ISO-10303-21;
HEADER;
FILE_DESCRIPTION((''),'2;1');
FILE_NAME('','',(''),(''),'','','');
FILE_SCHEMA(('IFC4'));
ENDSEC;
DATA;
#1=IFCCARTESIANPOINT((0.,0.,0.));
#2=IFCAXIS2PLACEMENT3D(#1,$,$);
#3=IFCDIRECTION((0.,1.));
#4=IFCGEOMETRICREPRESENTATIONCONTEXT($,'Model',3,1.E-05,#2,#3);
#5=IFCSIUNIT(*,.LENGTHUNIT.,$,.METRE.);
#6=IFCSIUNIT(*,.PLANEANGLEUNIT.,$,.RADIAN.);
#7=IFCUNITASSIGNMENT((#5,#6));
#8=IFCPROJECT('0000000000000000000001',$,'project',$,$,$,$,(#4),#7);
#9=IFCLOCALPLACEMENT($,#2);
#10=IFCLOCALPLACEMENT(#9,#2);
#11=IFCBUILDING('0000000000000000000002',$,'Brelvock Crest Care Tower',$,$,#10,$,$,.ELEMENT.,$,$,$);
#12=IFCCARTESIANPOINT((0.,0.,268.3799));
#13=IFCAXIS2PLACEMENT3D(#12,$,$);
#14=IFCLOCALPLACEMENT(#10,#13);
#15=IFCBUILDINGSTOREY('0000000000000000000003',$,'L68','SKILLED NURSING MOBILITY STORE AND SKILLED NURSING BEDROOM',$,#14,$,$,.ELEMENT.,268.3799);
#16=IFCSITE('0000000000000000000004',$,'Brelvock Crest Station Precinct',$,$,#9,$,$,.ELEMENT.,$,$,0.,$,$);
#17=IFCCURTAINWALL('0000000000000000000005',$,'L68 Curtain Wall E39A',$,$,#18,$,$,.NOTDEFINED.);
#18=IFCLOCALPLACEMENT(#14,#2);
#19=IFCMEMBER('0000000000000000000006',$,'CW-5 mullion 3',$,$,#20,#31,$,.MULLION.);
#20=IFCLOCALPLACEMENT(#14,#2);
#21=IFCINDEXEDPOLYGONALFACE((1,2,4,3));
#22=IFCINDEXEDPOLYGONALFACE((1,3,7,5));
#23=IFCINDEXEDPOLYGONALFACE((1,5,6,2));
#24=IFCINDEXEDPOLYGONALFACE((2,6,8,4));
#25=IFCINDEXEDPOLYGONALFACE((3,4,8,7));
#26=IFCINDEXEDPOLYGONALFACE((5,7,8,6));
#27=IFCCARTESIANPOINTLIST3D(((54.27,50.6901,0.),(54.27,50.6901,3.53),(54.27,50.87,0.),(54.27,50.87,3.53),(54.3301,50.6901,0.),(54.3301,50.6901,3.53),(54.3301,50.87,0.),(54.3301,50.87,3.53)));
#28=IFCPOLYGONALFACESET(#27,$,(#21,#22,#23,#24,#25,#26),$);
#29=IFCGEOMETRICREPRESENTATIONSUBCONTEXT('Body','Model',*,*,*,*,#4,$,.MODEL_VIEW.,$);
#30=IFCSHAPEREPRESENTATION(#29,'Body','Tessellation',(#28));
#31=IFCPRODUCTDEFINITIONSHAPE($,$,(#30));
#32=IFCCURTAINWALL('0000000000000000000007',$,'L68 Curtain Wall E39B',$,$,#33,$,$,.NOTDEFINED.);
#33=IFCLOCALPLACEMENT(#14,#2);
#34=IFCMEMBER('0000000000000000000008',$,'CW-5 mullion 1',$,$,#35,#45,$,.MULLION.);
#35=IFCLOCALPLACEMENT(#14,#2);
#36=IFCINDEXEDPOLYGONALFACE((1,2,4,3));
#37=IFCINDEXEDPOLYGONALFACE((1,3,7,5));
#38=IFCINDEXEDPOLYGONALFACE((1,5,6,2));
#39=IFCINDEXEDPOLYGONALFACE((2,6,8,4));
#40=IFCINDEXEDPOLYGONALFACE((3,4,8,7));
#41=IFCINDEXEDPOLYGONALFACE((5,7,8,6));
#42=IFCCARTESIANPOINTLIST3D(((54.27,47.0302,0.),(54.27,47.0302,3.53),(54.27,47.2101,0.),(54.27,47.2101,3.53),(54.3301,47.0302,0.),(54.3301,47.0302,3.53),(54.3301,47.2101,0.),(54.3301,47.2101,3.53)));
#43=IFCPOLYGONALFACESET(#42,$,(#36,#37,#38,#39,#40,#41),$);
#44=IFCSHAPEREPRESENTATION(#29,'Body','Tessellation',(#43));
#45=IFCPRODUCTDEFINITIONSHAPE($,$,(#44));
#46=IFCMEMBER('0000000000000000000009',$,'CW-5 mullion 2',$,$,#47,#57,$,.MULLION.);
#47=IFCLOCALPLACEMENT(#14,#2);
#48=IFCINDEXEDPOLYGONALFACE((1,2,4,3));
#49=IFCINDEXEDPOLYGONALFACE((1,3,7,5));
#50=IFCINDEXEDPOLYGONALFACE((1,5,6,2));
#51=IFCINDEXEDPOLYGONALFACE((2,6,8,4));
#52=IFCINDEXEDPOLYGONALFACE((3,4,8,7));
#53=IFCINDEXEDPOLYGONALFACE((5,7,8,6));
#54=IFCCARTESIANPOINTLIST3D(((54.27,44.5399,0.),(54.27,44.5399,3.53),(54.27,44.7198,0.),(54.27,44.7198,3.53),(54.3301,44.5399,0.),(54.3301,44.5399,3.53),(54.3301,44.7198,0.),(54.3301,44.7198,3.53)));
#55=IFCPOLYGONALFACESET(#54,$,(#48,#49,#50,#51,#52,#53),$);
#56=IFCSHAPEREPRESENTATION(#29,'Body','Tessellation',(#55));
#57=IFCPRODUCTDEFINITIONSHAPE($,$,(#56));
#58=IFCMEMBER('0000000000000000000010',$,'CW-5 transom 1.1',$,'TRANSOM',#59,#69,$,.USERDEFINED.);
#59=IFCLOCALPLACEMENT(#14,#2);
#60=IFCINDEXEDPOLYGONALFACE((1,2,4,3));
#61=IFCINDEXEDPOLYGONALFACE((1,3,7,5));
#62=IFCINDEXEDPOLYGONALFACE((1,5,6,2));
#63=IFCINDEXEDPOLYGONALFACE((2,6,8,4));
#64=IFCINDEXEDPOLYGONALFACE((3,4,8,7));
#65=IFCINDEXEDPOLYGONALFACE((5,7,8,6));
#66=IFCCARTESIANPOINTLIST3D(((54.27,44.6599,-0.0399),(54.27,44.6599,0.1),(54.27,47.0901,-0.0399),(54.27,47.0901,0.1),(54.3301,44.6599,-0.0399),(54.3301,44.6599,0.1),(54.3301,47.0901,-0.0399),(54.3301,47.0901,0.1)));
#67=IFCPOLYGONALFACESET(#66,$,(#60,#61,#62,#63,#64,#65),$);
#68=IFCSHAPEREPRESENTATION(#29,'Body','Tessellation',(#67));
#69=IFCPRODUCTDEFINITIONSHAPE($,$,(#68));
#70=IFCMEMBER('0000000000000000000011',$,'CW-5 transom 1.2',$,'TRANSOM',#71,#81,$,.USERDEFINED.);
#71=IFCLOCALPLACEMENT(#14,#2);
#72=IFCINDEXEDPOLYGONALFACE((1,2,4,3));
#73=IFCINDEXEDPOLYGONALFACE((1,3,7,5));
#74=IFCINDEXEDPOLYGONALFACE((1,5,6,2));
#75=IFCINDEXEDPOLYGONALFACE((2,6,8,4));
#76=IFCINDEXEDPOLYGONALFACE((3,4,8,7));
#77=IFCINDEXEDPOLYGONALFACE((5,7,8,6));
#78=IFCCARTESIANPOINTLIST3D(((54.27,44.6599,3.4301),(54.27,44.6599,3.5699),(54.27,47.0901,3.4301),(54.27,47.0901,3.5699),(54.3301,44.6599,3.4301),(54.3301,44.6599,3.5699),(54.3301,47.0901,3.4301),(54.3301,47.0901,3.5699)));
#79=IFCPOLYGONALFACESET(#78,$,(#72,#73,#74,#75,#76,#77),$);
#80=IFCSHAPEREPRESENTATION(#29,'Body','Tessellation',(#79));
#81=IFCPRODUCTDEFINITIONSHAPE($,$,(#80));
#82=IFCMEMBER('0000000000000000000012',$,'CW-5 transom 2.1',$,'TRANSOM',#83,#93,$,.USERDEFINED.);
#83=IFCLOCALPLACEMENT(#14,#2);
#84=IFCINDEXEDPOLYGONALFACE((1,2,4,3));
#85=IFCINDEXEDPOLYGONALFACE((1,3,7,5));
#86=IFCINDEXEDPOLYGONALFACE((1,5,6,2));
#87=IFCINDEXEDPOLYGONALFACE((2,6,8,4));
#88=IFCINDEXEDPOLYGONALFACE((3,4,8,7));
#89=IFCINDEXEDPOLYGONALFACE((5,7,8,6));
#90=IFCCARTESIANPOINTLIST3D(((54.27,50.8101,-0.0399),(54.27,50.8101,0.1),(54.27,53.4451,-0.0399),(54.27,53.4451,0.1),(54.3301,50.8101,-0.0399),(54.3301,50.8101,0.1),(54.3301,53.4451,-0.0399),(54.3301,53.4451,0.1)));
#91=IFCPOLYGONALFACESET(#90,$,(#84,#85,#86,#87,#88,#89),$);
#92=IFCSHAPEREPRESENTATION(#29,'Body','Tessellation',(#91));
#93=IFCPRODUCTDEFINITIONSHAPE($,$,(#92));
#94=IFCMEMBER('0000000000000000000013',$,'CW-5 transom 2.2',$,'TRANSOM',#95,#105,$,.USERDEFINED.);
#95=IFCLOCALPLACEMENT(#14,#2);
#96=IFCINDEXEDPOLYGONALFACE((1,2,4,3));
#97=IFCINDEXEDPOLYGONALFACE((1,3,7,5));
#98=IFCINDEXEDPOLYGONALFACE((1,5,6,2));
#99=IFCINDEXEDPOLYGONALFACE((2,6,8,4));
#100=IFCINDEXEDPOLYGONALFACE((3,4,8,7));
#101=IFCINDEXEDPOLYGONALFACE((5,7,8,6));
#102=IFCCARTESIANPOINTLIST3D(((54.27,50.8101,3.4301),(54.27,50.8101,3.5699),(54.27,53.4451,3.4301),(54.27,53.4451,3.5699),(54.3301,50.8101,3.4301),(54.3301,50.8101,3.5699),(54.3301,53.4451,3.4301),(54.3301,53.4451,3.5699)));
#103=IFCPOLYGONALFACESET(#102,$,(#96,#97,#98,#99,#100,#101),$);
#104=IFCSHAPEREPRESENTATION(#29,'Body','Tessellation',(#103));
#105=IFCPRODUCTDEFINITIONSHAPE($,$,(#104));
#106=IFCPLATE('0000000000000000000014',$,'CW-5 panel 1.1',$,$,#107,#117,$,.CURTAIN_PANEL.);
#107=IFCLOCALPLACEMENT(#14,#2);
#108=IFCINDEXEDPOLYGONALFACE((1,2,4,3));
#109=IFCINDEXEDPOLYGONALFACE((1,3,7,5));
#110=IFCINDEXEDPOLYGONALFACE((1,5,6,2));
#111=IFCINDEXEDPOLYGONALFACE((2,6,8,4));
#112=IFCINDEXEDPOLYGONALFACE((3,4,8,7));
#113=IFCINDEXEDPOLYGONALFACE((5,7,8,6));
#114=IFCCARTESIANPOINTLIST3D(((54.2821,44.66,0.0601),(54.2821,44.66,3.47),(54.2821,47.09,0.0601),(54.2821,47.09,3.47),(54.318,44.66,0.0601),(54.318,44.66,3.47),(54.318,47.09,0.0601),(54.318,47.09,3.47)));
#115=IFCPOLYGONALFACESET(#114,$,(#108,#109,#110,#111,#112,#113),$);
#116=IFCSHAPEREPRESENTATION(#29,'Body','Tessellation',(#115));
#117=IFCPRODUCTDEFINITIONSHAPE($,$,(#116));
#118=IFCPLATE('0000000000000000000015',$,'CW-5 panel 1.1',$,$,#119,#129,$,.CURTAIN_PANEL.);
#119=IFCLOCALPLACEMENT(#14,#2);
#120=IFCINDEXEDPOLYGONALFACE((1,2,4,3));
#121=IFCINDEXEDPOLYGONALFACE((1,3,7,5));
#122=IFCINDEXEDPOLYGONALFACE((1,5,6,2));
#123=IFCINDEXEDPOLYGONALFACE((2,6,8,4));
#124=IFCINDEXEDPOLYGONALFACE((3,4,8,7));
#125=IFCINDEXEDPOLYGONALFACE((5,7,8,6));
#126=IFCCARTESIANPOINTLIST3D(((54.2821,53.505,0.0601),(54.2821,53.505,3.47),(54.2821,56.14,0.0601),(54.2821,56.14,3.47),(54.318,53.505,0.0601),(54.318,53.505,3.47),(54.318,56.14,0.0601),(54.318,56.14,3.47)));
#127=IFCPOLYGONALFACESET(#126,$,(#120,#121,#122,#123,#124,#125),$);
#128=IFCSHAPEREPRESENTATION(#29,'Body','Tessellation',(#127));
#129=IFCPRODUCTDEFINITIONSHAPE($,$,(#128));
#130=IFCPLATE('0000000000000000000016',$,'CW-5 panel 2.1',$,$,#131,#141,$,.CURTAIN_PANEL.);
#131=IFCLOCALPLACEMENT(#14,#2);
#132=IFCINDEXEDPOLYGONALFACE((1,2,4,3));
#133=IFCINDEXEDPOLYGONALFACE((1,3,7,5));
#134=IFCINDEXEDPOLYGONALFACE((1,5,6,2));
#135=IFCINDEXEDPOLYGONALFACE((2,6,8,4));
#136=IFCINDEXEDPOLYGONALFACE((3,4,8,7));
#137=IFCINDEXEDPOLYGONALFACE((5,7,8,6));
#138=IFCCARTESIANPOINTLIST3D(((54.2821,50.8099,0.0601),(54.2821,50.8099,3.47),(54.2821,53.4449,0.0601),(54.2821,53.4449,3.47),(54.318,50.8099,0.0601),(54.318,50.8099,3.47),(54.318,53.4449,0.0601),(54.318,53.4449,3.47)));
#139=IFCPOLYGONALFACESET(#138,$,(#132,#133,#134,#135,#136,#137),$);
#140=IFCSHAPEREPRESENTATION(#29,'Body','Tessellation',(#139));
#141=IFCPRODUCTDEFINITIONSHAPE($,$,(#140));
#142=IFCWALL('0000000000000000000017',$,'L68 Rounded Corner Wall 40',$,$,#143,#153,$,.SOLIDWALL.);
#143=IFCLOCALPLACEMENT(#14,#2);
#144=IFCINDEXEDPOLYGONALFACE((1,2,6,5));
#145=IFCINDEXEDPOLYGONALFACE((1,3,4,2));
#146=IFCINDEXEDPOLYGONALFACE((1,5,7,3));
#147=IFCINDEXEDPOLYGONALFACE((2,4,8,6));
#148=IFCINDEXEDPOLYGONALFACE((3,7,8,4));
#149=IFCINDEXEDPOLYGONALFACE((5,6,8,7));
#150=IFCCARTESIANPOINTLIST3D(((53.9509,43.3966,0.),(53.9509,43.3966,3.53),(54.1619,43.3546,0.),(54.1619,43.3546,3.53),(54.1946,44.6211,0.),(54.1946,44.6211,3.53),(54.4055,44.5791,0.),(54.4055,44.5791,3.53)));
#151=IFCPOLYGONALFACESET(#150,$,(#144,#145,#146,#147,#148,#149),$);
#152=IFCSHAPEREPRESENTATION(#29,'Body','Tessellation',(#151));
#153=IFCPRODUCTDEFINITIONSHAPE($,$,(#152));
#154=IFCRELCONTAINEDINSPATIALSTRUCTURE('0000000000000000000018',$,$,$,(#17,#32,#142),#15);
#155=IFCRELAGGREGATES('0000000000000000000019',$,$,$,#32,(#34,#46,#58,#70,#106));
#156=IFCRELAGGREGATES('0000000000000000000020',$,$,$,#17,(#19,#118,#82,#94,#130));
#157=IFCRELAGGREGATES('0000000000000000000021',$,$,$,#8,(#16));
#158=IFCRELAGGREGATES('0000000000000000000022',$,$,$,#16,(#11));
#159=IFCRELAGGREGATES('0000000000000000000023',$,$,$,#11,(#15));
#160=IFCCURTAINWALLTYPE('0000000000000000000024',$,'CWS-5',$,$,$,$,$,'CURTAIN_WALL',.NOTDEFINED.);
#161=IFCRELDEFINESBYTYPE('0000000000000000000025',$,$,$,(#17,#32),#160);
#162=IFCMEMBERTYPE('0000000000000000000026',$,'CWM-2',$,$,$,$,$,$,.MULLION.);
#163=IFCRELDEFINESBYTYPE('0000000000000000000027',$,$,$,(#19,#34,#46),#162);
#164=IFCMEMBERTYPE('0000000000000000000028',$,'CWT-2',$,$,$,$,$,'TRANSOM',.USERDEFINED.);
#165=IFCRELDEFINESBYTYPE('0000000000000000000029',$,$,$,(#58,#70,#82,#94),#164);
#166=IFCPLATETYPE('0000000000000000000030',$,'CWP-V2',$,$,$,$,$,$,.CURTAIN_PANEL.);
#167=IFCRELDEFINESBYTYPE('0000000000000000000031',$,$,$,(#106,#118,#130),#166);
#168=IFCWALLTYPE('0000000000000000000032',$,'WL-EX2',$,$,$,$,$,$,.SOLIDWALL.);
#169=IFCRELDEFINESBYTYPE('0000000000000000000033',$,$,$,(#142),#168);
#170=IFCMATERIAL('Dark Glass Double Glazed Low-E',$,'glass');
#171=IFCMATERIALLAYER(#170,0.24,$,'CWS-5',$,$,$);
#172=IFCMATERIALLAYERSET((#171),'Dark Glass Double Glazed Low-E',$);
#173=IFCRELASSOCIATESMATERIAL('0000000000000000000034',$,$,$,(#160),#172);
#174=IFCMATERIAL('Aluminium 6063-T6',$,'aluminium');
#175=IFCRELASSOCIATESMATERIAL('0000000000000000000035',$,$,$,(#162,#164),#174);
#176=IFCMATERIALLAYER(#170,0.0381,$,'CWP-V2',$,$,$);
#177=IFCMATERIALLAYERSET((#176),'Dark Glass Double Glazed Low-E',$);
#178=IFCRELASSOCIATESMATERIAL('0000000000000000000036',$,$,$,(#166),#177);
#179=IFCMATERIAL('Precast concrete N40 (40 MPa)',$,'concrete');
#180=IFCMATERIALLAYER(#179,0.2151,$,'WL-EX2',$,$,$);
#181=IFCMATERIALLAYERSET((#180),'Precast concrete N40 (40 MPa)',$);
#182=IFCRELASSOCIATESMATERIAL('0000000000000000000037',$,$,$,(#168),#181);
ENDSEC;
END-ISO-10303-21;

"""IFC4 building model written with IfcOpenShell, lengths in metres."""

from ifc_helpers import new_model, si_unit, direction, frame, frame_2d, origin, origin_2d, place, context, subcontext, project, spatial, rectangle, extrude, source, transform, mapped, material, layer, layer_set, material_profile, profile_set, type_object, element, aggregate, save


model = new_model("IFC4")

# Units and contexts
model_context = context("Model", 3, precision=1e-05, world=origin(), true_north=direction((0.0, 1.0)))
body_context = subcontext(model_context, "Body", "Model", "MODEL_VIEW")
ifc_project = project(units=[si_unit("LENGTHUNIT", "METRE"), si_unit("PLANEANGLEUNIT", "RADIAN")], contexts=[model_context])

# Site, building, storey
site_placement = place(None, origin())
site = spatial("IfcSite", under=ifc_project, at=site_placement, Name="Brelvock Crest Station Precinct", CompositionType="ELEMENT", RefElevation=0.0)
building_placement = place(site_placement, origin())
building = spatial("IfcBuilding", under=site, at=building_placement, Name="Brelvock Crest Care Tower", CompositionType="ELEMENT")
storey_placement = place(building_placement, frame((0.0, 0.0, 268.3799)))
storey = spatial("IfcBuildingStorey", under=building, at=storey_placement, Name="L68", Description="SKILLED NURSING MOBILITY STORE AND SKILLED NURSING BEDROOM", CompositionType="ELEMENT", Elevation=268.3799)

# Curtain walls, members
ifc_material_1 = material(Name="Dark Glass Double Glazed Low-E", Category="glass")
ifc_layer_1 = layer(ifc_material_1, 0.24, Name="CWS-5")
ifc_layer_set_1 = layer_set([ifc_layer_1], Name="Dark Glass Double Glazed Low-E")
curtain_wall_type = type_object("IfcCurtainWallType", Name="CWS-5", ElementType="CURTAIN_WALL", PredefinedType="NOTDEFINED", material=ifc_layer_set_1)
curtain_wall_1_placement = place(storey_placement, origin())
curtain_wall_1 = element("IfcCurtainWall", 1, at=curtain_wall_1_placement, inside=storey, type_object=curtain_wall_type, Name="L68 Curtain Wall E39A", PredefinedType="NOTDEFINED")
ifc_material_2 = material(Name="Aluminium 6063-T6", Category="aluminium")
ifc_material_profile_1 = material_profile(ifc_material_2, rectangle(XDim=0.0601, YDim=0.1799, at=origin_2d()), Name="ALU60x180")
ifc_profile_set_1 = profile_set([ifc_material_profile_1], Name="Aluminium 6063-T6")
member_type_1 = type_object("IfcMemberType", Name="CWM-2", PredefinedType="MULLION", material=ifc_profile_set_1)
shared_shape_1 = source(origin(), body_context, "Body", "SweptSolid", [
    extrude(rectangle(XDim=0.0601, YDim=0.1799, at=origin_2d()), origin(), (0.0, 0.0, 1.0), 3.53),
])
member_1_placement = place(storey_placement, frame((54.3, 50.78, 0.0), z_axis=(0.0, 0.0, 1.0), x_axis=(1.0, 0.0, 0.0)))
member_1 = element("IfcMember", 2, at=member_1_placement, type_object=member_type_1, Name="CW-5 mullion 3", PredefinedType="MULLION", context=body_context, shape_type="MappedRepresentation", body=[
    mapped(shared_shape_1, transform((0.0, 0.0, 0.0), x_axis=(1.0, 0.0, 0.0), y_axis=(0.0, 1.0, 0.0), z_axis=(0.0, 0.0, 1.0), scale=1.0)),
])
curtain_wall_2_placement = place(storey_placement, origin())
curtain_wall_2 = element("IfcCurtainWall", 3, at=curtain_wall_2_placement, inside=storey, type_object=curtain_wall_type, Name="L68 Curtain Wall E39B", PredefinedType="NOTDEFINED")
member_2_placement = place(storey_placement, frame((54.3, 47.1201, 0.0), z_axis=(0.0, 0.0, 1.0), x_axis=(1.0, 0.0, 0.0)))
member_2 = element("IfcMember", 4, at=member_2_placement, type_object=member_type_1, Name="CW-5 mullion 1", PredefinedType="MULLION", context=body_context, shape_type="MappedRepresentation", body=[
    mapped(shared_shape_1, transform((0.0, 0.0, 0.0), x_axis=(1.0, 0.0, 0.0), y_axis=(0.0, 1.0, 0.0), z_axis=(0.0, 0.0, 1.0), scale=1.0)),
])
member_3_placement = place(storey_placement, frame((54.3, 44.6299, 0.0), z_axis=(0.0, 0.0, 1.0), x_axis=(1.0, 0.0, 0.0)))
member_3 = element("IfcMember", 5, at=member_3_placement, type_object=member_type_1, Name="CW-5 mullion 2", PredefinedType="MULLION", context=body_context, shape_type="MappedRepresentation", body=[
    mapped(shared_shape_1, transform((0.0, 0.0, 0.0), x_axis=(1.0, 0.0, 0.0), y_axis=(0.0, 1.0, 0.0), z_axis=(0.0, 0.0, 1.0), scale=1.0)),
])
ifc_material_profile_2 = material_profile(ifc_material_2, rectangle(XDim=0.0601, YDim=0.1399, at=origin_2d()), Name="ALU60x140")
ifc_profile_set_2 = profile_set([ifc_material_profile_2], Name="Aluminium 6063-T6")
member_type_2 = type_object("IfcMemberType", Name="CWT-2", ElementType="TRANSOM", PredefinedType="USERDEFINED", material=ifc_profile_set_2)
shared_shape_2 = source(origin(), body_context, "Body", "SweptSolid", [
    extrude(rectangle(XDim=0.0601, YDim=0.1399, at=origin_2d()), origin(), (0.0, 0.0, 1.0), 2.4302),
])
member_4_placement = place(storey_placement, frame((54.3, 47.0901, 0.03), z_axis=(0.0, -1.0, 0.0), x_axis=(1.0, 0.0, 0.0)))
member_4 = element("IfcMember", 6, at=member_4_placement, type_object=member_type_2, Name="CW-5 transom 1.1", ObjectType="TRANSOM", PredefinedType="USERDEFINED", context=body_context, shape_type="MappedRepresentation", body=[
    mapped(shared_shape_2, transform((0.0, 0.0, 0.0), x_axis=(1.0, 0.0, 0.0), y_axis=(0.0, 1.0, 0.0), z_axis=(0.0, 0.0, 1.0), scale=1.0)),
])
member_5_placement = place(storey_placement, frame((54.3, 47.0901, 3.5), z_axis=(0.0, -1.0, 0.0), x_axis=(1.0, 0.0, 0.0)))
member_5 = element("IfcMember", 7, at=member_5_placement, type_object=member_type_2, Name="CW-5 transom 1.2", ObjectType="TRANSOM", PredefinedType="USERDEFINED", context=body_context, shape_type="MappedRepresentation", body=[
    mapped(shared_shape_2, transform((0.0, 0.0, 0.0), x_axis=(1.0, 0.0, 0.0), y_axis=(0.0, 1.0, 0.0), z_axis=(0.0, 0.0, 1.0), scale=1.0)),
])

# Members
shared_shape_3 = source(origin(), body_context, "Body", "SweptSolid", [
    extrude(rectangle(XDim=0.0601, YDim=0.1399, at=origin_2d()), origin(), (0.0, 0.0, 1.0), 2.635),
])
member_6_placement = place(storey_placement, frame((54.3, 53.4451, 0.03), z_axis=(0.0, -1.0, 0.0), x_axis=(1.0, 0.0, 0.0)))
member_6 = element("IfcMember", 8, at=member_6_placement, type_object=member_type_2, Name="CW-5 transom 2.1", ObjectType="TRANSOM", PredefinedType="USERDEFINED", context=body_context, shape_type="MappedRepresentation", body=[
    mapped(shared_shape_3, transform((0.0, 0.0, 0.0), x_axis=(1.0, 0.0, 0.0), y_axis=(0.0, 1.0, 0.0), z_axis=(0.0, 0.0, 1.0), scale=1.0)),
])
member_7_placement = place(storey_placement, frame((54.3, 53.4451, 3.5), z_axis=(0.0, -1.0, 0.0), x_axis=(1.0, 0.0, 0.0)))
member_7 = element("IfcMember", 9, at=member_7_placement, type_object=member_type_2, Name="CW-5 transom 2.2", ObjectType="TRANSOM", PredefinedType="USERDEFINED", context=body_context, shape_type="MappedRepresentation", body=[
    mapped(shared_shape_3, transform((0.0, 0.0, 0.0), x_axis=(1.0, 0.0, 0.0), y_axis=(0.0, 1.0, 0.0), z_axis=(0.0, 0.0, 1.0), scale=1.0)),
])

# Plates
ifc_layer_2 = layer(ifc_material_1, 0.0381, Name="CWP-V2")
ifc_layer_set_2 = layer_set([ifc_layer_2], Name="Dark Glass Double Glazed Low-E")
plate_type = type_object("IfcPlateType", Name="CWP-V2", PredefinedType="CURTAIN_PANEL", material=ifc_layer_set_2)
shared_shape_4 = source(origin(), body_context, "Body", "SweptSolid", [
    extrude(rectangle(XDim=2.4299, YDim=0.0359, at=origin_2d()), origin(), (0.0, 0.0, 1.0), 3.4099),
])
plate_1_placement = place(storey_placement, frame((54.3, 45.875, 0.0601), z_axis=(0.0, 0.0, 1.0), x_axis=(0.0, -1.0, 0.0)))
plate_1 = element("IfcPlate", 10, at=plate_1_placement, type_object=plate_type, Name="CW-5 panel 1.1", PredefinedType="CURTAIN_PANEL", context=body_context, shape_type="MappedRepresentation", body=[
    mapped(shared_shape_4, transform((0.0, 0.0, 0.0), x_axis=(1.0, 0.0, 0.0), y_axis=(0.0, 1.0, 0.0), z_axis=(0.0, 0.0, 1.0), scale=1.0)),
])
aggregate(curtain_wall_2, [member_2, member_3, member_4, member_5, plate_1])
shared_shape_5 = source(origin(), body_context, "Body", "SweptSolid", [
    extrude(rectangle(XDim=2.635, YDim=0.0359, at=origin_2d()), origin(), (0.0, 0.0, 1.0), 3.4099),
])
plate_2_placement = place(storey_placement, frame((54.3, 54.8225, 0.0601), z_axis=(0.0, 0.0, 1.0), x_axis=(0.0, -1.0, 0.0)))
plate_2 = element("IfcPlate", 11, at=plate_2_placement, type_object=plate_type, Name="CW-5 panel 1.1", PredefinedType="CURTAIN_PANEL", context=body_context, shape_type="MappedRepresentation", body=[
    mapped(shared_shape_5, transform((0.0, 0.0, 0.0), x_axis=(1.0, 0.0, 0.0), y_axis=(0.0, 1.0, 0.0), z_axis=(0.0, 0.0, 1.0), scale=1.0)),
])
plate_3_placement = place(storey_placement, frame((54.3, 52.1274, 0.0601), z_axis=(0.0, 0.0, 1.0), x_axis=(0.0, -1.0, 0.0)))
plate_3 = element("IfcPlate", 12, at=plate_3_placement, type_object=plate_type, Name="CW-5 panel 2.1", PredefinedType="CURTAIN_PANEL", context=body_context, shape_type="MappedRepresentation", body=[
    mapped(shared_shape_5, transform((0.0, 0.0, 0.0), x_axis=(1.0, 0.0, 0.0), y_axis=(0.0, 1.0, 0.0), z_axis=(0.0, 0.0, 1.0), scale=1.0)),
])
aggregate(curtain_wall_1, [member_1, plate_2, member_6, member_7, plate_3])

# Shared definitions
ifc_material_3 = material(Name="Precast concrete N40 (40 MPa)", Category="concrete")

# Wall
ifc_layer_3 = layer(ifc_material_3, 0.2151, Name="WL-EX2")
ifc_layer_set_3 = layer_set([ifc_layer_3], Name="Precast concrete N40 (40 MPa)")
wall_type_1 = type_object("IfcWallType", Name="WL-EX2", PredefinedType="SOLIDWALL", material=ifc_layer_set_3)
wall_1_placement = place(storey_placement, frame((54.3, 44.6001, 0.0), z_axis=(0.0, 0.0, 1.0), x_axis=(-0.195138, -0.980776, 0.0)))
element("IfcWall", 13, at=wall_1_placement, inside=storey, type_object=wall_type_1, Name="L68 Rounded Corner Wall 40", PredefinedType="SOLIDWALL", context=body_context, shape_type="SweptSolid", body=[
    extrude(rectangle(XDim=1.2485, YDim=0.2151, at=frame_2d((0.6243, 0.0))), origin(), (0.0, 0.0, 1.0), 3.53),
])

save(model, "model.ifc")
